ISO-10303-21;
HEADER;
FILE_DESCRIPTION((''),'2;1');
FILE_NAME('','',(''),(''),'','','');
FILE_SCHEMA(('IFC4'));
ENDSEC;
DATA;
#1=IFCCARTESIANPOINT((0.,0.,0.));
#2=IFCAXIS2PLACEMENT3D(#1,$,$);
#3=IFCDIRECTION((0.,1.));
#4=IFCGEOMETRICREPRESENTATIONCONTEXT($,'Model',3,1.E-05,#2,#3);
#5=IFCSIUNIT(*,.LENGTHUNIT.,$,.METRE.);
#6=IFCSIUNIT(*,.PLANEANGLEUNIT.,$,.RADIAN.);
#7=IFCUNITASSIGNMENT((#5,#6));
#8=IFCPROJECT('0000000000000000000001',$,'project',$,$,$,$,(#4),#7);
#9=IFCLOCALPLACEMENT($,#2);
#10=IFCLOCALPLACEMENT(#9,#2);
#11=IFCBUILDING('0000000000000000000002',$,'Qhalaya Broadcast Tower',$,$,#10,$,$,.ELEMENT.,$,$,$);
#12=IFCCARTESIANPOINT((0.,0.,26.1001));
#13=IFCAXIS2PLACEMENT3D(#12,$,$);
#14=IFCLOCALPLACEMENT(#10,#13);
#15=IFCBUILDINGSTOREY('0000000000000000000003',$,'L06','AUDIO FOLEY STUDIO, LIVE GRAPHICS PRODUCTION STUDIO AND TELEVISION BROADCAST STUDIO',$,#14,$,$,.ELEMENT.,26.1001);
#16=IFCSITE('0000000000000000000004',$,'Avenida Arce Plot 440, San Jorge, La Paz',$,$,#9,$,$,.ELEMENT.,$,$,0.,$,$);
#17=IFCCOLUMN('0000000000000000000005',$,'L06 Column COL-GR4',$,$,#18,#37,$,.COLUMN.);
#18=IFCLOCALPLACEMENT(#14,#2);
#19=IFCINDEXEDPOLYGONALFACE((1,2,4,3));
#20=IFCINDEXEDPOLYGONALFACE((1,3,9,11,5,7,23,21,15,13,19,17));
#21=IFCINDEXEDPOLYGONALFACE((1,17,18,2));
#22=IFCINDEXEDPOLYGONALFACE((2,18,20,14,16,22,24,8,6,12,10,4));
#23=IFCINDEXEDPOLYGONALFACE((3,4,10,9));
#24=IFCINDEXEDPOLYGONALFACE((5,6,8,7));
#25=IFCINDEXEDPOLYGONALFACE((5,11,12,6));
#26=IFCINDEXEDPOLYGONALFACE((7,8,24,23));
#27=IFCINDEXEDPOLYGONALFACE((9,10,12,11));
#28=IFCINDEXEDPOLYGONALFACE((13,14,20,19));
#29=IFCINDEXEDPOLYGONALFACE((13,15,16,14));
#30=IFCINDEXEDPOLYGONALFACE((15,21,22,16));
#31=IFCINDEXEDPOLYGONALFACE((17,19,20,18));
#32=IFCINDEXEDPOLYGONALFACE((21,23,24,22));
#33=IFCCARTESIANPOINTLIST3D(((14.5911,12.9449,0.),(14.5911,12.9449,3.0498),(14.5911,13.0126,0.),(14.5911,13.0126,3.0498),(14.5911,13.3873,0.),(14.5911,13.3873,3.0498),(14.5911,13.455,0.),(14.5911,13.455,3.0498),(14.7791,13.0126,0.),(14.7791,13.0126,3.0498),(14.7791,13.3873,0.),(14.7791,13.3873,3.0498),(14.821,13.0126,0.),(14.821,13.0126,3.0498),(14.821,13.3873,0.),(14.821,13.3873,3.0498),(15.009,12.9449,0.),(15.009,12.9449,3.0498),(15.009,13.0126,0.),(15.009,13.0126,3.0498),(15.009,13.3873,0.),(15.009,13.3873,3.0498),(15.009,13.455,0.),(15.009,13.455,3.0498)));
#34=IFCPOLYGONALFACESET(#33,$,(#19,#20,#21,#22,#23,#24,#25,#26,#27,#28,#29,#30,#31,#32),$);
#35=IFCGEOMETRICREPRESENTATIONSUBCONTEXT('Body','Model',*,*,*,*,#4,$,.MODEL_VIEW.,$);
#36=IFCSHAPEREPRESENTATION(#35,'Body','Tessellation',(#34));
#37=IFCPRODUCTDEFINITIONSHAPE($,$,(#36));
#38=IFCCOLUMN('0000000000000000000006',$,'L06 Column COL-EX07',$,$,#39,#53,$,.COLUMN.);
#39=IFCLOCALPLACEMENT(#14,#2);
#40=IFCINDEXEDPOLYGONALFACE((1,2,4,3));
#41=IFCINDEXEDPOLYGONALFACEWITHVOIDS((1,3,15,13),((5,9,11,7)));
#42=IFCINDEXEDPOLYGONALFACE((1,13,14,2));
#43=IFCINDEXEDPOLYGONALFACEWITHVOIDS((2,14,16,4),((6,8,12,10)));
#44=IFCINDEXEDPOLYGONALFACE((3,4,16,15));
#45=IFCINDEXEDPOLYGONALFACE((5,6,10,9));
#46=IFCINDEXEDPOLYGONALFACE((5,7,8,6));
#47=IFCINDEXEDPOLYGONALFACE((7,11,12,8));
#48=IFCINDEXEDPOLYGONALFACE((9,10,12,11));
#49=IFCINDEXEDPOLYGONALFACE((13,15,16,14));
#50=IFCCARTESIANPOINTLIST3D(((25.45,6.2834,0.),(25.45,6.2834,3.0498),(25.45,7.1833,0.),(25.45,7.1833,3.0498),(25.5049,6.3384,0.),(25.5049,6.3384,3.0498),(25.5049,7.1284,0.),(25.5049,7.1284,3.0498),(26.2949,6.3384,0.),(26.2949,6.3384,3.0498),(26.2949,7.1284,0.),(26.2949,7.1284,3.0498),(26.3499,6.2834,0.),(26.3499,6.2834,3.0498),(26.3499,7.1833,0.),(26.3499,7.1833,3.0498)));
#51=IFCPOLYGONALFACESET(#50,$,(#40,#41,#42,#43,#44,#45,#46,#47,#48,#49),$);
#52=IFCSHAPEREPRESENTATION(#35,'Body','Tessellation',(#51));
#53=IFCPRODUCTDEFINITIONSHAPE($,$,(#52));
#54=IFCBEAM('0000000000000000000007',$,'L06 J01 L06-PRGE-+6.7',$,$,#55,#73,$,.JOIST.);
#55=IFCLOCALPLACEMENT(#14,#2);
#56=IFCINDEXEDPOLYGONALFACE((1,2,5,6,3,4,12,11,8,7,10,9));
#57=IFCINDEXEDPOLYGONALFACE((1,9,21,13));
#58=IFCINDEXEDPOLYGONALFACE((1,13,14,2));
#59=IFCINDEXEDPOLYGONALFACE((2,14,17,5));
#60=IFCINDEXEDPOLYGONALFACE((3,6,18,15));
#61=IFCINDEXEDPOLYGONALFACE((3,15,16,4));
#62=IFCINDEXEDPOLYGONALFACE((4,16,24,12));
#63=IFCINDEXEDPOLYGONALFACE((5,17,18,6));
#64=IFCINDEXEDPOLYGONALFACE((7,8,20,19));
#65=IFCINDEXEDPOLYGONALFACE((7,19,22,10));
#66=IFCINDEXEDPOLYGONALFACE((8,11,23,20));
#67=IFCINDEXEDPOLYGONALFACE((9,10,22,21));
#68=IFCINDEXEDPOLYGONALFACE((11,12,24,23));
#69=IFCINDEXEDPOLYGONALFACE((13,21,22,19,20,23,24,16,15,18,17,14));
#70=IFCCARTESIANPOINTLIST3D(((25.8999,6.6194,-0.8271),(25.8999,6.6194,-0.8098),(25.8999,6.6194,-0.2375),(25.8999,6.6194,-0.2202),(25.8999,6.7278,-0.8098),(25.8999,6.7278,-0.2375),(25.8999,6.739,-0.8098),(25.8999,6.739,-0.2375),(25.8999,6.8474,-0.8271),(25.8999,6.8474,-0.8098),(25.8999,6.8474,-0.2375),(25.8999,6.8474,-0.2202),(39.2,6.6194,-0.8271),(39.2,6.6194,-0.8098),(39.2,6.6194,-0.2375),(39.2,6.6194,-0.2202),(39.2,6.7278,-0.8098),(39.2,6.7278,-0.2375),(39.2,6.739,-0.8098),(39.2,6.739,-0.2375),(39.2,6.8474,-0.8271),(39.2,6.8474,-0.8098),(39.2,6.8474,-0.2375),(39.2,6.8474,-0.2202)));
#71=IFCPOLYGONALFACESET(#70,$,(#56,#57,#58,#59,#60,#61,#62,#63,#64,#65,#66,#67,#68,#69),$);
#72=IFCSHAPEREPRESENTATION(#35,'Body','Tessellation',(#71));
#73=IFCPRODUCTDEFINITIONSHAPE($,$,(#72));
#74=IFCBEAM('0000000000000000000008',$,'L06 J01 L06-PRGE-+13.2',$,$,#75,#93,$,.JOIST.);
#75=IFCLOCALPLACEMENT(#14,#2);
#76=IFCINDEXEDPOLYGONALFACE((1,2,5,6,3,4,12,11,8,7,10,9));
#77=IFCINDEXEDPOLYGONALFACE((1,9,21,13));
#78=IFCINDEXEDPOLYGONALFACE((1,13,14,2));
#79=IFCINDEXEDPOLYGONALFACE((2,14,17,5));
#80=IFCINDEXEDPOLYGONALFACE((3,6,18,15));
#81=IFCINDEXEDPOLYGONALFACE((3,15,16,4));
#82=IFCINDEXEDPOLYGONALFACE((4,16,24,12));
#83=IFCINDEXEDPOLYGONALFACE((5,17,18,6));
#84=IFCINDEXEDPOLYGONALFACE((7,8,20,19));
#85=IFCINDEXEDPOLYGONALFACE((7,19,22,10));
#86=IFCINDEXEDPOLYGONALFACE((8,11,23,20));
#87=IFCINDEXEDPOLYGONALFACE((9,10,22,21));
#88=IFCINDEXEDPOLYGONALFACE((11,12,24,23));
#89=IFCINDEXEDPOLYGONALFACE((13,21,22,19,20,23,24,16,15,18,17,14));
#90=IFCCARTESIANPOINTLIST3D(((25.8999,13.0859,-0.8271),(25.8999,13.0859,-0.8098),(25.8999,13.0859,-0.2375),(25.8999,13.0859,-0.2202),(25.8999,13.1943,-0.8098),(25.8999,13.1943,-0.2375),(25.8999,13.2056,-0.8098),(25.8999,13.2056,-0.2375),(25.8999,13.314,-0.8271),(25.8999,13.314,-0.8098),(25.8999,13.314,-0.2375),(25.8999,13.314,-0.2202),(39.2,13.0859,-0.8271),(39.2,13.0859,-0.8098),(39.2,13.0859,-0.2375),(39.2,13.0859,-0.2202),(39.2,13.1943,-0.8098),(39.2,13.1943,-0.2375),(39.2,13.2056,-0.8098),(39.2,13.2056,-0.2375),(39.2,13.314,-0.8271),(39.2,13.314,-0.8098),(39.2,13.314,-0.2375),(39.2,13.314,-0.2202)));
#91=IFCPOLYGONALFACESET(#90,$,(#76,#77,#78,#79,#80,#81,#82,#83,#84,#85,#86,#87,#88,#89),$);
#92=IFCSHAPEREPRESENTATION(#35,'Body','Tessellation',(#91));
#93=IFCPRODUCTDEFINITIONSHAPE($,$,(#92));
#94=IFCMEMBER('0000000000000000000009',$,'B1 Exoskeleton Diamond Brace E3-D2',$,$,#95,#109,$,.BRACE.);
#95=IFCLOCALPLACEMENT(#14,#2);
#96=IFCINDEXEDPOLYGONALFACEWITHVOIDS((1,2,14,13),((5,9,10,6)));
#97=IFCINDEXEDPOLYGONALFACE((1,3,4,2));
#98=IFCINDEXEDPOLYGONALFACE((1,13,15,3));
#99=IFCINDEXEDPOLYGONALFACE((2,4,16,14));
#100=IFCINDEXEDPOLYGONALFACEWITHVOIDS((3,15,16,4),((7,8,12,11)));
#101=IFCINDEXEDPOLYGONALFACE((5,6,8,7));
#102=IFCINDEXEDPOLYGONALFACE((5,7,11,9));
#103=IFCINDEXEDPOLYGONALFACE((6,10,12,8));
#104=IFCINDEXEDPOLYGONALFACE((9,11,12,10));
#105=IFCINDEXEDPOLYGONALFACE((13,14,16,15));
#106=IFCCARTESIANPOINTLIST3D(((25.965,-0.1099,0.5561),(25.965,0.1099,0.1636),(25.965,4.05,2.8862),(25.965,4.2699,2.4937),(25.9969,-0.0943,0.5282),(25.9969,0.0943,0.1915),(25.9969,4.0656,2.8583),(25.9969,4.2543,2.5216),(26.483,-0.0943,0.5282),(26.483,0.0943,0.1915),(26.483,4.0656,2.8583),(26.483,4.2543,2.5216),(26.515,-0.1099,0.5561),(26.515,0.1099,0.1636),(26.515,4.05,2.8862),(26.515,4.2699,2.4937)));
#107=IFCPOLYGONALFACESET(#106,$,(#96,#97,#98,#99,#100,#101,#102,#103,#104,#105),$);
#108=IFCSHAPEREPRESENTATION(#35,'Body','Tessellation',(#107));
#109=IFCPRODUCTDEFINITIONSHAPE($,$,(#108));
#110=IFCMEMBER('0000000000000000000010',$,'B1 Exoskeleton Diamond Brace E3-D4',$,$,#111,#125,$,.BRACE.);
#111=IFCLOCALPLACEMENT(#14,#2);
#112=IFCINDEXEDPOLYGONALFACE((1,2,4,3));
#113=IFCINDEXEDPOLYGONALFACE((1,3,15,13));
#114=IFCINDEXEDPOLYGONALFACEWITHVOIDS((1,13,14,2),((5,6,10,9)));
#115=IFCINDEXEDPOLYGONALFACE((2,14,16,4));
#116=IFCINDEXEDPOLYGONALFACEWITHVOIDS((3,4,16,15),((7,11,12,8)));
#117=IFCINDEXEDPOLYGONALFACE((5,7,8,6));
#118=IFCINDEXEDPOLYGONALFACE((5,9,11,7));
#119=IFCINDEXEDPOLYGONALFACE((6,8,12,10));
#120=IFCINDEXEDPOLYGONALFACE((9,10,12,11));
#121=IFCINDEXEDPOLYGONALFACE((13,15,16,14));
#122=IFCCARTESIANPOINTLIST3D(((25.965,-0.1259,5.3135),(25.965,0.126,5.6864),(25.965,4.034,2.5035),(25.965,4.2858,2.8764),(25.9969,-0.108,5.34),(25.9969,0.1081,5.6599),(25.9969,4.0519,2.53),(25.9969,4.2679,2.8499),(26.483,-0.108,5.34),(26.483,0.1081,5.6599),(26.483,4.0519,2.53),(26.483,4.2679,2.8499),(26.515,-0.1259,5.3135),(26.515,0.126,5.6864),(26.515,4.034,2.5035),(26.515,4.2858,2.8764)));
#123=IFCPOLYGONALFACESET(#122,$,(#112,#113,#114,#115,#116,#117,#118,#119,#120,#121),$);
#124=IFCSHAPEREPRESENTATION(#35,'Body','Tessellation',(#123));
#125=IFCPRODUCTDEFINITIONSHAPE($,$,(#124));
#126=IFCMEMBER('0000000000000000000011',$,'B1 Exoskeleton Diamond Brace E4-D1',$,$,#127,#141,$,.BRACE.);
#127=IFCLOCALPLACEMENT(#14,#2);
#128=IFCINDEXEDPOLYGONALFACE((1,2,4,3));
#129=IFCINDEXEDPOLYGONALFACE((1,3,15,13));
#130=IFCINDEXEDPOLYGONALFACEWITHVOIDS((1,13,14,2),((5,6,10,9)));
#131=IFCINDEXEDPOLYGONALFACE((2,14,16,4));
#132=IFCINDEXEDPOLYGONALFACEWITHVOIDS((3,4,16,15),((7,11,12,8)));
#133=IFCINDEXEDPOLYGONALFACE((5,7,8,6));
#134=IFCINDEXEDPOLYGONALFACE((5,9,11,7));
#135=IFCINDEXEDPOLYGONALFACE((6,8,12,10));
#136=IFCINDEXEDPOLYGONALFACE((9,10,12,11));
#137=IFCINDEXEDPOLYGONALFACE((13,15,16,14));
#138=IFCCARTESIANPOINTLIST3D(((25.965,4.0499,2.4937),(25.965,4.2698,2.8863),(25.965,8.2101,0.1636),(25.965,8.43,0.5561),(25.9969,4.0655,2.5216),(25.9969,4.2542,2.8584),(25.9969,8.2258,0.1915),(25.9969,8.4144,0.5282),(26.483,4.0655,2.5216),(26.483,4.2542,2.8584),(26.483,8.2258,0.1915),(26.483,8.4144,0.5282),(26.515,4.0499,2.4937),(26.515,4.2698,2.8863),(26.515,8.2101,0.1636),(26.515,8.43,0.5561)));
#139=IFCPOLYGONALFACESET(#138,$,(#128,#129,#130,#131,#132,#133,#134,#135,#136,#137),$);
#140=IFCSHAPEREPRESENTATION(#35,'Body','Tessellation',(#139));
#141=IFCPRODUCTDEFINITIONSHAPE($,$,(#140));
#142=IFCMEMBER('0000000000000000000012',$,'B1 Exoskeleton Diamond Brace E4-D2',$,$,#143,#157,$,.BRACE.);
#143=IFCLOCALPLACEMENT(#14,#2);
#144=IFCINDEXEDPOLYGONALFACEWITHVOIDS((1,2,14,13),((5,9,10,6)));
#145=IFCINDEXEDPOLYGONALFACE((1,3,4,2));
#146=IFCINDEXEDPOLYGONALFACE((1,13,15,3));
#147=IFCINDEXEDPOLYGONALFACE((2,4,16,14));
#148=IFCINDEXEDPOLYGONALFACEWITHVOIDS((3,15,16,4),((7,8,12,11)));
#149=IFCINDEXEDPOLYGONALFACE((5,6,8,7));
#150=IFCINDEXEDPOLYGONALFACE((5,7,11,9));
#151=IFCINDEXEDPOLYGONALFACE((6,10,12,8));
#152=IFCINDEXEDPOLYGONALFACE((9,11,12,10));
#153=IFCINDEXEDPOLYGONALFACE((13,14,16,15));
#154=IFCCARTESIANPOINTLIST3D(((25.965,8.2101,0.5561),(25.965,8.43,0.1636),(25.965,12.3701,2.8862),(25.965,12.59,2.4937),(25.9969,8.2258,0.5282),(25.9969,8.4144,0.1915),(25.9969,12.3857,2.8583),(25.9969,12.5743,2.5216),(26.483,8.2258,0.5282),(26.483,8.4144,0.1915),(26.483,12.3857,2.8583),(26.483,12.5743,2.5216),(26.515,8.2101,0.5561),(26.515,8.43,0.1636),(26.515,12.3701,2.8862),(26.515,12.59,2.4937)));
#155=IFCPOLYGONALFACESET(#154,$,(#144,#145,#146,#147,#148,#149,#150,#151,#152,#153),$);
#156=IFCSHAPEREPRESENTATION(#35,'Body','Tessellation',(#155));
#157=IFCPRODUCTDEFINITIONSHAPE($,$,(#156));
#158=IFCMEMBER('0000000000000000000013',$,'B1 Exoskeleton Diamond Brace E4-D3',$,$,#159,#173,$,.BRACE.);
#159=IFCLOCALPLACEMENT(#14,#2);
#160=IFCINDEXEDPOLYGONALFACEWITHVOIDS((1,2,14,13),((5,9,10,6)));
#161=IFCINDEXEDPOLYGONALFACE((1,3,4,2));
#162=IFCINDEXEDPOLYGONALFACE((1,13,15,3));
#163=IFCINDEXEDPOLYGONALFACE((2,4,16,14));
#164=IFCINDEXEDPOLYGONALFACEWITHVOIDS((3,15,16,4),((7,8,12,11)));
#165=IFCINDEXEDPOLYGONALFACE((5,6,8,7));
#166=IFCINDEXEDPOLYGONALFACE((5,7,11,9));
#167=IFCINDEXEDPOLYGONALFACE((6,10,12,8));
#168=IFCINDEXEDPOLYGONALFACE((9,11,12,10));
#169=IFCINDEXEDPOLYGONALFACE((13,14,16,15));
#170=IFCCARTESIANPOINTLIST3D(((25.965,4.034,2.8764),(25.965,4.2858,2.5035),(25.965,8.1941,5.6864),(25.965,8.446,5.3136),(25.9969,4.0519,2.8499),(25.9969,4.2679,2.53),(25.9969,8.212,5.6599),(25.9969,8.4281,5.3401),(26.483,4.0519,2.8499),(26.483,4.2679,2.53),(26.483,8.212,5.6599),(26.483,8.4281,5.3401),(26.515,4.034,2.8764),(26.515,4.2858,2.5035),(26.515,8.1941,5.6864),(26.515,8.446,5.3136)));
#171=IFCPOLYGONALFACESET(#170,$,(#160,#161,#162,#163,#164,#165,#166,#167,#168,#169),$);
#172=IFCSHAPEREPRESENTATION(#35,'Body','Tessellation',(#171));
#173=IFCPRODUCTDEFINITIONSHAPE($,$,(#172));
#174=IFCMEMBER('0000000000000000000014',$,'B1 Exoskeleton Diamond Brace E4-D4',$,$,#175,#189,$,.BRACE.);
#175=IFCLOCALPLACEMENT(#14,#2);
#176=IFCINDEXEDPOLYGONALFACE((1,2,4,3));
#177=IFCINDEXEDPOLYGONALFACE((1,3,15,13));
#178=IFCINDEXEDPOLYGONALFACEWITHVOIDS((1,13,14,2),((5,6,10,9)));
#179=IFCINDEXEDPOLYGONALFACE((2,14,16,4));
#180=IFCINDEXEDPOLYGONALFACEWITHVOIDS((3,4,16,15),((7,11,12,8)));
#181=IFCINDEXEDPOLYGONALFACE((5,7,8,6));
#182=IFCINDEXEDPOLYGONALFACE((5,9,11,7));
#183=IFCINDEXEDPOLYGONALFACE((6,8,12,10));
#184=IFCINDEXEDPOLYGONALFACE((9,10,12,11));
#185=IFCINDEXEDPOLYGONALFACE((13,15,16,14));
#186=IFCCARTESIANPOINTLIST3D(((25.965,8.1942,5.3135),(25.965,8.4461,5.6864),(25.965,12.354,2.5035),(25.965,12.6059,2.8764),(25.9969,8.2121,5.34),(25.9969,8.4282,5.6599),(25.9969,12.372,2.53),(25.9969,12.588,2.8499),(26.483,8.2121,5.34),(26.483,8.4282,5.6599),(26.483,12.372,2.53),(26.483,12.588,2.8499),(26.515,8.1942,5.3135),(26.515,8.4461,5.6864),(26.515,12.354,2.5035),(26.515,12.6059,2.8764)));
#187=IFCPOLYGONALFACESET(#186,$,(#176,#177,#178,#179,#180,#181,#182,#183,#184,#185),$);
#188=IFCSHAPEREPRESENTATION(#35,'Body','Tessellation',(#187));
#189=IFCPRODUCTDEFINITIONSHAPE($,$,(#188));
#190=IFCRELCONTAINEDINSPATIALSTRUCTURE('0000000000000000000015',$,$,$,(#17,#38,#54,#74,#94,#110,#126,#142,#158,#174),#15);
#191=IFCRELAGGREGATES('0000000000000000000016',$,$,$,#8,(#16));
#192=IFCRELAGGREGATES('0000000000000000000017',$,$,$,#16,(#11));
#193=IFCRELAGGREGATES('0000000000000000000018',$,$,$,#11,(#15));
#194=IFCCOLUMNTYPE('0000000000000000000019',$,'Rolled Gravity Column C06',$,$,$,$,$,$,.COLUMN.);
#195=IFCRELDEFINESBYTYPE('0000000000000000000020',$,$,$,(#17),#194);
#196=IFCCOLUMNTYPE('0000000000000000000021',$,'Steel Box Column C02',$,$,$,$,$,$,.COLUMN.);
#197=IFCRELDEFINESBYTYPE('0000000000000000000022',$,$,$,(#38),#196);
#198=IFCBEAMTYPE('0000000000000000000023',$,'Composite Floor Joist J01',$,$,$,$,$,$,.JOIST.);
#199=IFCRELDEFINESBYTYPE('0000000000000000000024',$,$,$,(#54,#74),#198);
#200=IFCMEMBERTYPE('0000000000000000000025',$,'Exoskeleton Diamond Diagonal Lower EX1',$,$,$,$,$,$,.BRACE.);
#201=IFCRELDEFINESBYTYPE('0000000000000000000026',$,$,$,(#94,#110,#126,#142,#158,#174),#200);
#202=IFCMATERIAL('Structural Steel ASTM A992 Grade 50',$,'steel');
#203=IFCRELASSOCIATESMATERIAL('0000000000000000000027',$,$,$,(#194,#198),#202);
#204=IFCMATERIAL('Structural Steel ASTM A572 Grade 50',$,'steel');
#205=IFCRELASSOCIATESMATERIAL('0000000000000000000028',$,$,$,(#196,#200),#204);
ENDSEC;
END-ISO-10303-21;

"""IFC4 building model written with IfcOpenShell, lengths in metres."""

from ifc_helpers import new_model, si_unit, direction, frame, origin, origin_2d, place, context, subcontext, project, spatial, hollow_rectangle, i_section, extrude, material, material_profile, profile_set, type_object, element, save


model = new_model("IFC4")

# Units and contexts
model_context = context("Model", 3, precision=1e-05, world=origin(), true_north=direction((0.0, 1.0)))
body_context = subcontext(model_context, "Body", "Model", "MODEL_VIEW")
ifc_project = project(units=[si_unit("LENGTHUNIT", "METRE"), si_unit("PLANEANGLEUNIT", "RADIAN")], contexts=[model_context])

# Site, building, storey
site_placement = place(None, origin())
site = spatial("IfcSite", under=ifc_project, at=site_placement, Name="Avenida Arce Plot 440, San Jorge, La Paz", CompositionType="ELEMENT", RefElevation=0.0)
building_placement = place(site_placement, origin())
building = spatial("IfcBuilding", under=site, at=building_placement, Name="Qhalaya Broadcast Tower", CompositionType="ELEMENT")
storey_placement = place(building_placement, frame((0.0, 0.0, 26.1001)))
storey = spatial("IfcBuildingStorey", under=building, at=storey_placement, Name="L06", Description="AUDIO FOLEY STUDIO, LIVE GRAPHICS PRODUCTION STUDIO AND TELEVISION BROADCAST STUDIO", CompositionType="ELEMENT", Elevation=26.1001)

# Columns
ifc_material_1 = material(Name="Structural Steel ASTM A992 Grade 50", Category="steel")
ifc_material_profile_1 = material_profile(ifc_material_1, i_section(OverallWidth=0.418, OverallDepth=0.51, WebThickness=0.042, FlangeThickness=0.0676, at=origin_2d()), Name="W14X370")
ifc_profile_set_1 = profile_set([ifc_material_profile_1], Name="Structural Steel ASTM A992 Grade 50")
column_type_1 = type_object("IfcColumnType", Name="Rolled Gravity Column C06", PredefinedType="COLUMN", material=ifc_profile_set_1)
column_1_placement = place(storey_placement, frame((14.8, 13.2, 0.0), z_axis=(0.0, 0.0, 1.0), x_axis=(1.0, 0.0, 0.0)))
element("IfcColumn", 1, at=column_1_placement, inside=storey, type_object=column_type_1, Name="L06 Column COL-GR4", PredefinedType="COLUMN", context=body_context, shape_type="SweptSolid", body=[
    extrude(i_section(OverallWidth=0.418, OverallDepth=0.51, WebThickness=0.042, FlangeThickness=0.0676, at=origin_2d()), origin(), (0.0, 0.0, 1.0), 3.0498),
])
ifc_material_2 = material(Name="Structural Steel ASTM A572 Grade 50", Category="steel")
ifc_material_profile_2 = material_profile(ifc_material_2, hollow_rectangle(XDim=0.8999, YDim=0.8999, WallThickness=0.0549, at=origin_2d()), Name="BOX 900x900x55")
ifc_profile_set_2 = profile_set([ifc_material_profile_2], Name="Structural Steel ASTM A572 Grade 50")
column_type_2 = type_object("IfcColumnType", Name="Steel Box Column C02", PredefinedType="COLUMN", material=ifc_profile_set_2)
column_2_placement = place(storey_placement, frame((25.8999, 6.7334, 0.0), z_axis=(0.0, 0.0, 1.0), x_axis=(0.0, 1.0, 0.0)))
element("IfcColumn", 2, at=column_2_placement, inside=storey, type_object=column_type_2, Name="L06 Column COL-EX07", PredefinedType="COLUMN", context=body_context, shape_type="SweptSolid", body=[
    extrude(hollow_rectangle(XDim=0.8999, YDim=0.8999, WallThickness=0.0549, at=origin_2d()), origin(), (0.0, 0.0, 1.0), 3.0498),
])

# Beams
ifc_material_profile_3 = material_profile(ifc_material_1, i_section(OverallWidth=0.228, OverallDepth=0.6069, WebThickness=0.0112, FlangeThickness=0.0173, at=origin_2d()), Name="W24X76")
ifc_profile_set_3 = profile_set([ifc_material_profile_3], Name="Structural Steel ASTM A992 Grade 50")
beam_type_1 = type_object("IfcBeamType", Name="Composite Floor Joist J01", PredefinedType="JOIST", material=ifc_profile_set_3)
for number, where, z_axis, x_axis, name in (
    (3, (25.8999, 6.7334, -0.5237), (1.0, 0.0, 0.0), (0.0, 1.0, 0.0), "L06 J01 L06-PRGE-+6.7"),
    (4, (25.8999, 13.2, -0.5237), (1.0, 0.0, 0.0), (0.0, 1.0, 0.0), "L06 J01 L06-PRGE-+13.2"),
):
    element("IfcBeam", number, at=place(storey_placement, frame(where, z_axis=z_axis, x_axis=x_axis)), inside=storey, type_object=beam_type_1, Name=name, PredefinedType="JOIST", context=body_context, shape_type="SweptSolid", body=[
        extrude(i_section(OverallWidth=0.228, OverallDepth=0.6069, WebThickness=0.0112, FlangeThickness=0.0173, at=origin_2d()), origin(), (0.0, 0.0, 1.0), 13.3),
    ])

# Members
ifc_material_profile_4 = material_profile(ifc_material_2, hollow_rectangle(XDim=0.45, YDim=0.55, WallThickness=0.032, at=origin_2d()), Name="BOX 450x550x32")
ifc_profile_set_4 = profile_set([ifc_material_profile_4], Name="Structural Steel ASTM A572 Grade 50")
member_type = type_object("IfcMemberType", Name="Exoskeleton Diamond Diagonal Lower EX1", PredefinedType="BRACE", material=ifc_profile_set_4)
member_1_placement = place(storey_placement, frame((26.24, 0.0, 0.3599), z_axis=(0.0, 0.872459, 0.488688), x_axis=(0.0, -0.488688, 0.872459)))
element("IfcMember", 5, at=member_1_placement, inside=storey, type_object=member_type, Name="B1 Exoskeleton Diamond Brace E3-D2", PredefinedType="BRACE", context=body_context, shape_type="SweptSolid", body=[
    extrude(hollow_rectangle(XDim=0.45, YDim=0.55, WallThickness=0.032, at=origin_2d()), origin(), (0.0, 0.0, 1.0), 4.7681),
])
member_2_placement = place(storey_placement, frame((26.24, 4.1599, 2.6899), z_axis=(0.0, -0.828653, 0.559763), x_axis=(0.0, 0.559763, 0.828653)))
element("IfcMember", 6, at=member_2_placement, inside=storey, type_object=member_type, Name="B1 Exoskeleton Diamond Brace E3-D4", PredefinedType="BRACE", context=body_context, shape_type="SweptSolid", body=[
    extrude(hollow_rectangle(XDim=0.45, YDim=0.55, WallThickness=0.032, at=origin_2d()), origin(), (0.0, 0.0, 1.0), 5.02),
])
member_3_placement = place(storey_placement, frame((26.24, 8.3201, 0.3599), z_axis=(0.0, -0.872471, 0.488666), x_axis=(0.0, 0.488666, 0.872471)))
element("IfcMember", 7, at=member_3_placement, inside=storey, type_object=member_type, Name="B1 Exoskeleton Diamond Brace E4-D1", PredefinedType="BRACE", context=body_context, shape_type="SweptSolid", body=[
    extrude(hollow_rectangle(XDim=0.45, YDim=0.55, WallThickness=0.032, at=origin_2d()), origin(), (0.0, 0.0, 1.0), 4.7683),
])
member_4_placement = place(storey_placement, frame((26.24, 8.3201, 0.3599), z_axis=(0.0, 0.872459, 0.488688), x_axis=(0.0, -0.488688, 0.872459)))
element("IfcMember", 8, at=member_4_placement, inside=storey, type_object=member_type, Name="B1 Exoskeleton Diamond Brace E4-D2", PredefinedType="BRACE", context=body_context, shape_type="SweptSolid", body=[
    extrude(hollow_rectangle(XDim=0.45, YDim=0.55, WallThickness=0.032, at=origin_2d()), origin(), (0.0, 0.0, 1.0), 4.7681),
])
member_5_placement = place(storey_placement, frame((26.24, 4.1599, 2.6899), z_axis=(0.0, 0.828668, 0.55974), x_axis=(0.0, -0.55974, 0.828668)))
element("IfcMember", 9, at=member_5_placement, inside=storey, type_object=member_type, Name="B1 Exoskeleton Diamond Brace E4-D3", PredefinedType="BRACE", context=body_context, shape_type="SweptSolid", body=[
    extrude(hollow_rectangle(XDim=0.45, YDim=0.55, WallThickness=0.032, at=origin_2d()), origin(), (0.0, 0.0, 1.0), 5.0203),
])
member_6_placement = place(storey_placement, frame((26.24, 12.48, 2.6899), z_axis=(0.0, -0.828653, 0.559763), x_axis=(0.0, 0.559763, 0.828653)))
element("IfcMember", 10, at=member_6_placement, inside=storey, type_object=member_type, Name="B1 Exoskeleton Diamond Brace E4-D4", PredefinedType="BRACE", context=body_context, shape_type="SweptSolid", body=[
    extrude(hollow_rectangle(XDim=0.45, YDim=0.55, WallThickness=0.032, at=origin_2d()), origin(), (0.0, 0.0, 1.0), 5.02),
])

save(model, "model.ifc")
